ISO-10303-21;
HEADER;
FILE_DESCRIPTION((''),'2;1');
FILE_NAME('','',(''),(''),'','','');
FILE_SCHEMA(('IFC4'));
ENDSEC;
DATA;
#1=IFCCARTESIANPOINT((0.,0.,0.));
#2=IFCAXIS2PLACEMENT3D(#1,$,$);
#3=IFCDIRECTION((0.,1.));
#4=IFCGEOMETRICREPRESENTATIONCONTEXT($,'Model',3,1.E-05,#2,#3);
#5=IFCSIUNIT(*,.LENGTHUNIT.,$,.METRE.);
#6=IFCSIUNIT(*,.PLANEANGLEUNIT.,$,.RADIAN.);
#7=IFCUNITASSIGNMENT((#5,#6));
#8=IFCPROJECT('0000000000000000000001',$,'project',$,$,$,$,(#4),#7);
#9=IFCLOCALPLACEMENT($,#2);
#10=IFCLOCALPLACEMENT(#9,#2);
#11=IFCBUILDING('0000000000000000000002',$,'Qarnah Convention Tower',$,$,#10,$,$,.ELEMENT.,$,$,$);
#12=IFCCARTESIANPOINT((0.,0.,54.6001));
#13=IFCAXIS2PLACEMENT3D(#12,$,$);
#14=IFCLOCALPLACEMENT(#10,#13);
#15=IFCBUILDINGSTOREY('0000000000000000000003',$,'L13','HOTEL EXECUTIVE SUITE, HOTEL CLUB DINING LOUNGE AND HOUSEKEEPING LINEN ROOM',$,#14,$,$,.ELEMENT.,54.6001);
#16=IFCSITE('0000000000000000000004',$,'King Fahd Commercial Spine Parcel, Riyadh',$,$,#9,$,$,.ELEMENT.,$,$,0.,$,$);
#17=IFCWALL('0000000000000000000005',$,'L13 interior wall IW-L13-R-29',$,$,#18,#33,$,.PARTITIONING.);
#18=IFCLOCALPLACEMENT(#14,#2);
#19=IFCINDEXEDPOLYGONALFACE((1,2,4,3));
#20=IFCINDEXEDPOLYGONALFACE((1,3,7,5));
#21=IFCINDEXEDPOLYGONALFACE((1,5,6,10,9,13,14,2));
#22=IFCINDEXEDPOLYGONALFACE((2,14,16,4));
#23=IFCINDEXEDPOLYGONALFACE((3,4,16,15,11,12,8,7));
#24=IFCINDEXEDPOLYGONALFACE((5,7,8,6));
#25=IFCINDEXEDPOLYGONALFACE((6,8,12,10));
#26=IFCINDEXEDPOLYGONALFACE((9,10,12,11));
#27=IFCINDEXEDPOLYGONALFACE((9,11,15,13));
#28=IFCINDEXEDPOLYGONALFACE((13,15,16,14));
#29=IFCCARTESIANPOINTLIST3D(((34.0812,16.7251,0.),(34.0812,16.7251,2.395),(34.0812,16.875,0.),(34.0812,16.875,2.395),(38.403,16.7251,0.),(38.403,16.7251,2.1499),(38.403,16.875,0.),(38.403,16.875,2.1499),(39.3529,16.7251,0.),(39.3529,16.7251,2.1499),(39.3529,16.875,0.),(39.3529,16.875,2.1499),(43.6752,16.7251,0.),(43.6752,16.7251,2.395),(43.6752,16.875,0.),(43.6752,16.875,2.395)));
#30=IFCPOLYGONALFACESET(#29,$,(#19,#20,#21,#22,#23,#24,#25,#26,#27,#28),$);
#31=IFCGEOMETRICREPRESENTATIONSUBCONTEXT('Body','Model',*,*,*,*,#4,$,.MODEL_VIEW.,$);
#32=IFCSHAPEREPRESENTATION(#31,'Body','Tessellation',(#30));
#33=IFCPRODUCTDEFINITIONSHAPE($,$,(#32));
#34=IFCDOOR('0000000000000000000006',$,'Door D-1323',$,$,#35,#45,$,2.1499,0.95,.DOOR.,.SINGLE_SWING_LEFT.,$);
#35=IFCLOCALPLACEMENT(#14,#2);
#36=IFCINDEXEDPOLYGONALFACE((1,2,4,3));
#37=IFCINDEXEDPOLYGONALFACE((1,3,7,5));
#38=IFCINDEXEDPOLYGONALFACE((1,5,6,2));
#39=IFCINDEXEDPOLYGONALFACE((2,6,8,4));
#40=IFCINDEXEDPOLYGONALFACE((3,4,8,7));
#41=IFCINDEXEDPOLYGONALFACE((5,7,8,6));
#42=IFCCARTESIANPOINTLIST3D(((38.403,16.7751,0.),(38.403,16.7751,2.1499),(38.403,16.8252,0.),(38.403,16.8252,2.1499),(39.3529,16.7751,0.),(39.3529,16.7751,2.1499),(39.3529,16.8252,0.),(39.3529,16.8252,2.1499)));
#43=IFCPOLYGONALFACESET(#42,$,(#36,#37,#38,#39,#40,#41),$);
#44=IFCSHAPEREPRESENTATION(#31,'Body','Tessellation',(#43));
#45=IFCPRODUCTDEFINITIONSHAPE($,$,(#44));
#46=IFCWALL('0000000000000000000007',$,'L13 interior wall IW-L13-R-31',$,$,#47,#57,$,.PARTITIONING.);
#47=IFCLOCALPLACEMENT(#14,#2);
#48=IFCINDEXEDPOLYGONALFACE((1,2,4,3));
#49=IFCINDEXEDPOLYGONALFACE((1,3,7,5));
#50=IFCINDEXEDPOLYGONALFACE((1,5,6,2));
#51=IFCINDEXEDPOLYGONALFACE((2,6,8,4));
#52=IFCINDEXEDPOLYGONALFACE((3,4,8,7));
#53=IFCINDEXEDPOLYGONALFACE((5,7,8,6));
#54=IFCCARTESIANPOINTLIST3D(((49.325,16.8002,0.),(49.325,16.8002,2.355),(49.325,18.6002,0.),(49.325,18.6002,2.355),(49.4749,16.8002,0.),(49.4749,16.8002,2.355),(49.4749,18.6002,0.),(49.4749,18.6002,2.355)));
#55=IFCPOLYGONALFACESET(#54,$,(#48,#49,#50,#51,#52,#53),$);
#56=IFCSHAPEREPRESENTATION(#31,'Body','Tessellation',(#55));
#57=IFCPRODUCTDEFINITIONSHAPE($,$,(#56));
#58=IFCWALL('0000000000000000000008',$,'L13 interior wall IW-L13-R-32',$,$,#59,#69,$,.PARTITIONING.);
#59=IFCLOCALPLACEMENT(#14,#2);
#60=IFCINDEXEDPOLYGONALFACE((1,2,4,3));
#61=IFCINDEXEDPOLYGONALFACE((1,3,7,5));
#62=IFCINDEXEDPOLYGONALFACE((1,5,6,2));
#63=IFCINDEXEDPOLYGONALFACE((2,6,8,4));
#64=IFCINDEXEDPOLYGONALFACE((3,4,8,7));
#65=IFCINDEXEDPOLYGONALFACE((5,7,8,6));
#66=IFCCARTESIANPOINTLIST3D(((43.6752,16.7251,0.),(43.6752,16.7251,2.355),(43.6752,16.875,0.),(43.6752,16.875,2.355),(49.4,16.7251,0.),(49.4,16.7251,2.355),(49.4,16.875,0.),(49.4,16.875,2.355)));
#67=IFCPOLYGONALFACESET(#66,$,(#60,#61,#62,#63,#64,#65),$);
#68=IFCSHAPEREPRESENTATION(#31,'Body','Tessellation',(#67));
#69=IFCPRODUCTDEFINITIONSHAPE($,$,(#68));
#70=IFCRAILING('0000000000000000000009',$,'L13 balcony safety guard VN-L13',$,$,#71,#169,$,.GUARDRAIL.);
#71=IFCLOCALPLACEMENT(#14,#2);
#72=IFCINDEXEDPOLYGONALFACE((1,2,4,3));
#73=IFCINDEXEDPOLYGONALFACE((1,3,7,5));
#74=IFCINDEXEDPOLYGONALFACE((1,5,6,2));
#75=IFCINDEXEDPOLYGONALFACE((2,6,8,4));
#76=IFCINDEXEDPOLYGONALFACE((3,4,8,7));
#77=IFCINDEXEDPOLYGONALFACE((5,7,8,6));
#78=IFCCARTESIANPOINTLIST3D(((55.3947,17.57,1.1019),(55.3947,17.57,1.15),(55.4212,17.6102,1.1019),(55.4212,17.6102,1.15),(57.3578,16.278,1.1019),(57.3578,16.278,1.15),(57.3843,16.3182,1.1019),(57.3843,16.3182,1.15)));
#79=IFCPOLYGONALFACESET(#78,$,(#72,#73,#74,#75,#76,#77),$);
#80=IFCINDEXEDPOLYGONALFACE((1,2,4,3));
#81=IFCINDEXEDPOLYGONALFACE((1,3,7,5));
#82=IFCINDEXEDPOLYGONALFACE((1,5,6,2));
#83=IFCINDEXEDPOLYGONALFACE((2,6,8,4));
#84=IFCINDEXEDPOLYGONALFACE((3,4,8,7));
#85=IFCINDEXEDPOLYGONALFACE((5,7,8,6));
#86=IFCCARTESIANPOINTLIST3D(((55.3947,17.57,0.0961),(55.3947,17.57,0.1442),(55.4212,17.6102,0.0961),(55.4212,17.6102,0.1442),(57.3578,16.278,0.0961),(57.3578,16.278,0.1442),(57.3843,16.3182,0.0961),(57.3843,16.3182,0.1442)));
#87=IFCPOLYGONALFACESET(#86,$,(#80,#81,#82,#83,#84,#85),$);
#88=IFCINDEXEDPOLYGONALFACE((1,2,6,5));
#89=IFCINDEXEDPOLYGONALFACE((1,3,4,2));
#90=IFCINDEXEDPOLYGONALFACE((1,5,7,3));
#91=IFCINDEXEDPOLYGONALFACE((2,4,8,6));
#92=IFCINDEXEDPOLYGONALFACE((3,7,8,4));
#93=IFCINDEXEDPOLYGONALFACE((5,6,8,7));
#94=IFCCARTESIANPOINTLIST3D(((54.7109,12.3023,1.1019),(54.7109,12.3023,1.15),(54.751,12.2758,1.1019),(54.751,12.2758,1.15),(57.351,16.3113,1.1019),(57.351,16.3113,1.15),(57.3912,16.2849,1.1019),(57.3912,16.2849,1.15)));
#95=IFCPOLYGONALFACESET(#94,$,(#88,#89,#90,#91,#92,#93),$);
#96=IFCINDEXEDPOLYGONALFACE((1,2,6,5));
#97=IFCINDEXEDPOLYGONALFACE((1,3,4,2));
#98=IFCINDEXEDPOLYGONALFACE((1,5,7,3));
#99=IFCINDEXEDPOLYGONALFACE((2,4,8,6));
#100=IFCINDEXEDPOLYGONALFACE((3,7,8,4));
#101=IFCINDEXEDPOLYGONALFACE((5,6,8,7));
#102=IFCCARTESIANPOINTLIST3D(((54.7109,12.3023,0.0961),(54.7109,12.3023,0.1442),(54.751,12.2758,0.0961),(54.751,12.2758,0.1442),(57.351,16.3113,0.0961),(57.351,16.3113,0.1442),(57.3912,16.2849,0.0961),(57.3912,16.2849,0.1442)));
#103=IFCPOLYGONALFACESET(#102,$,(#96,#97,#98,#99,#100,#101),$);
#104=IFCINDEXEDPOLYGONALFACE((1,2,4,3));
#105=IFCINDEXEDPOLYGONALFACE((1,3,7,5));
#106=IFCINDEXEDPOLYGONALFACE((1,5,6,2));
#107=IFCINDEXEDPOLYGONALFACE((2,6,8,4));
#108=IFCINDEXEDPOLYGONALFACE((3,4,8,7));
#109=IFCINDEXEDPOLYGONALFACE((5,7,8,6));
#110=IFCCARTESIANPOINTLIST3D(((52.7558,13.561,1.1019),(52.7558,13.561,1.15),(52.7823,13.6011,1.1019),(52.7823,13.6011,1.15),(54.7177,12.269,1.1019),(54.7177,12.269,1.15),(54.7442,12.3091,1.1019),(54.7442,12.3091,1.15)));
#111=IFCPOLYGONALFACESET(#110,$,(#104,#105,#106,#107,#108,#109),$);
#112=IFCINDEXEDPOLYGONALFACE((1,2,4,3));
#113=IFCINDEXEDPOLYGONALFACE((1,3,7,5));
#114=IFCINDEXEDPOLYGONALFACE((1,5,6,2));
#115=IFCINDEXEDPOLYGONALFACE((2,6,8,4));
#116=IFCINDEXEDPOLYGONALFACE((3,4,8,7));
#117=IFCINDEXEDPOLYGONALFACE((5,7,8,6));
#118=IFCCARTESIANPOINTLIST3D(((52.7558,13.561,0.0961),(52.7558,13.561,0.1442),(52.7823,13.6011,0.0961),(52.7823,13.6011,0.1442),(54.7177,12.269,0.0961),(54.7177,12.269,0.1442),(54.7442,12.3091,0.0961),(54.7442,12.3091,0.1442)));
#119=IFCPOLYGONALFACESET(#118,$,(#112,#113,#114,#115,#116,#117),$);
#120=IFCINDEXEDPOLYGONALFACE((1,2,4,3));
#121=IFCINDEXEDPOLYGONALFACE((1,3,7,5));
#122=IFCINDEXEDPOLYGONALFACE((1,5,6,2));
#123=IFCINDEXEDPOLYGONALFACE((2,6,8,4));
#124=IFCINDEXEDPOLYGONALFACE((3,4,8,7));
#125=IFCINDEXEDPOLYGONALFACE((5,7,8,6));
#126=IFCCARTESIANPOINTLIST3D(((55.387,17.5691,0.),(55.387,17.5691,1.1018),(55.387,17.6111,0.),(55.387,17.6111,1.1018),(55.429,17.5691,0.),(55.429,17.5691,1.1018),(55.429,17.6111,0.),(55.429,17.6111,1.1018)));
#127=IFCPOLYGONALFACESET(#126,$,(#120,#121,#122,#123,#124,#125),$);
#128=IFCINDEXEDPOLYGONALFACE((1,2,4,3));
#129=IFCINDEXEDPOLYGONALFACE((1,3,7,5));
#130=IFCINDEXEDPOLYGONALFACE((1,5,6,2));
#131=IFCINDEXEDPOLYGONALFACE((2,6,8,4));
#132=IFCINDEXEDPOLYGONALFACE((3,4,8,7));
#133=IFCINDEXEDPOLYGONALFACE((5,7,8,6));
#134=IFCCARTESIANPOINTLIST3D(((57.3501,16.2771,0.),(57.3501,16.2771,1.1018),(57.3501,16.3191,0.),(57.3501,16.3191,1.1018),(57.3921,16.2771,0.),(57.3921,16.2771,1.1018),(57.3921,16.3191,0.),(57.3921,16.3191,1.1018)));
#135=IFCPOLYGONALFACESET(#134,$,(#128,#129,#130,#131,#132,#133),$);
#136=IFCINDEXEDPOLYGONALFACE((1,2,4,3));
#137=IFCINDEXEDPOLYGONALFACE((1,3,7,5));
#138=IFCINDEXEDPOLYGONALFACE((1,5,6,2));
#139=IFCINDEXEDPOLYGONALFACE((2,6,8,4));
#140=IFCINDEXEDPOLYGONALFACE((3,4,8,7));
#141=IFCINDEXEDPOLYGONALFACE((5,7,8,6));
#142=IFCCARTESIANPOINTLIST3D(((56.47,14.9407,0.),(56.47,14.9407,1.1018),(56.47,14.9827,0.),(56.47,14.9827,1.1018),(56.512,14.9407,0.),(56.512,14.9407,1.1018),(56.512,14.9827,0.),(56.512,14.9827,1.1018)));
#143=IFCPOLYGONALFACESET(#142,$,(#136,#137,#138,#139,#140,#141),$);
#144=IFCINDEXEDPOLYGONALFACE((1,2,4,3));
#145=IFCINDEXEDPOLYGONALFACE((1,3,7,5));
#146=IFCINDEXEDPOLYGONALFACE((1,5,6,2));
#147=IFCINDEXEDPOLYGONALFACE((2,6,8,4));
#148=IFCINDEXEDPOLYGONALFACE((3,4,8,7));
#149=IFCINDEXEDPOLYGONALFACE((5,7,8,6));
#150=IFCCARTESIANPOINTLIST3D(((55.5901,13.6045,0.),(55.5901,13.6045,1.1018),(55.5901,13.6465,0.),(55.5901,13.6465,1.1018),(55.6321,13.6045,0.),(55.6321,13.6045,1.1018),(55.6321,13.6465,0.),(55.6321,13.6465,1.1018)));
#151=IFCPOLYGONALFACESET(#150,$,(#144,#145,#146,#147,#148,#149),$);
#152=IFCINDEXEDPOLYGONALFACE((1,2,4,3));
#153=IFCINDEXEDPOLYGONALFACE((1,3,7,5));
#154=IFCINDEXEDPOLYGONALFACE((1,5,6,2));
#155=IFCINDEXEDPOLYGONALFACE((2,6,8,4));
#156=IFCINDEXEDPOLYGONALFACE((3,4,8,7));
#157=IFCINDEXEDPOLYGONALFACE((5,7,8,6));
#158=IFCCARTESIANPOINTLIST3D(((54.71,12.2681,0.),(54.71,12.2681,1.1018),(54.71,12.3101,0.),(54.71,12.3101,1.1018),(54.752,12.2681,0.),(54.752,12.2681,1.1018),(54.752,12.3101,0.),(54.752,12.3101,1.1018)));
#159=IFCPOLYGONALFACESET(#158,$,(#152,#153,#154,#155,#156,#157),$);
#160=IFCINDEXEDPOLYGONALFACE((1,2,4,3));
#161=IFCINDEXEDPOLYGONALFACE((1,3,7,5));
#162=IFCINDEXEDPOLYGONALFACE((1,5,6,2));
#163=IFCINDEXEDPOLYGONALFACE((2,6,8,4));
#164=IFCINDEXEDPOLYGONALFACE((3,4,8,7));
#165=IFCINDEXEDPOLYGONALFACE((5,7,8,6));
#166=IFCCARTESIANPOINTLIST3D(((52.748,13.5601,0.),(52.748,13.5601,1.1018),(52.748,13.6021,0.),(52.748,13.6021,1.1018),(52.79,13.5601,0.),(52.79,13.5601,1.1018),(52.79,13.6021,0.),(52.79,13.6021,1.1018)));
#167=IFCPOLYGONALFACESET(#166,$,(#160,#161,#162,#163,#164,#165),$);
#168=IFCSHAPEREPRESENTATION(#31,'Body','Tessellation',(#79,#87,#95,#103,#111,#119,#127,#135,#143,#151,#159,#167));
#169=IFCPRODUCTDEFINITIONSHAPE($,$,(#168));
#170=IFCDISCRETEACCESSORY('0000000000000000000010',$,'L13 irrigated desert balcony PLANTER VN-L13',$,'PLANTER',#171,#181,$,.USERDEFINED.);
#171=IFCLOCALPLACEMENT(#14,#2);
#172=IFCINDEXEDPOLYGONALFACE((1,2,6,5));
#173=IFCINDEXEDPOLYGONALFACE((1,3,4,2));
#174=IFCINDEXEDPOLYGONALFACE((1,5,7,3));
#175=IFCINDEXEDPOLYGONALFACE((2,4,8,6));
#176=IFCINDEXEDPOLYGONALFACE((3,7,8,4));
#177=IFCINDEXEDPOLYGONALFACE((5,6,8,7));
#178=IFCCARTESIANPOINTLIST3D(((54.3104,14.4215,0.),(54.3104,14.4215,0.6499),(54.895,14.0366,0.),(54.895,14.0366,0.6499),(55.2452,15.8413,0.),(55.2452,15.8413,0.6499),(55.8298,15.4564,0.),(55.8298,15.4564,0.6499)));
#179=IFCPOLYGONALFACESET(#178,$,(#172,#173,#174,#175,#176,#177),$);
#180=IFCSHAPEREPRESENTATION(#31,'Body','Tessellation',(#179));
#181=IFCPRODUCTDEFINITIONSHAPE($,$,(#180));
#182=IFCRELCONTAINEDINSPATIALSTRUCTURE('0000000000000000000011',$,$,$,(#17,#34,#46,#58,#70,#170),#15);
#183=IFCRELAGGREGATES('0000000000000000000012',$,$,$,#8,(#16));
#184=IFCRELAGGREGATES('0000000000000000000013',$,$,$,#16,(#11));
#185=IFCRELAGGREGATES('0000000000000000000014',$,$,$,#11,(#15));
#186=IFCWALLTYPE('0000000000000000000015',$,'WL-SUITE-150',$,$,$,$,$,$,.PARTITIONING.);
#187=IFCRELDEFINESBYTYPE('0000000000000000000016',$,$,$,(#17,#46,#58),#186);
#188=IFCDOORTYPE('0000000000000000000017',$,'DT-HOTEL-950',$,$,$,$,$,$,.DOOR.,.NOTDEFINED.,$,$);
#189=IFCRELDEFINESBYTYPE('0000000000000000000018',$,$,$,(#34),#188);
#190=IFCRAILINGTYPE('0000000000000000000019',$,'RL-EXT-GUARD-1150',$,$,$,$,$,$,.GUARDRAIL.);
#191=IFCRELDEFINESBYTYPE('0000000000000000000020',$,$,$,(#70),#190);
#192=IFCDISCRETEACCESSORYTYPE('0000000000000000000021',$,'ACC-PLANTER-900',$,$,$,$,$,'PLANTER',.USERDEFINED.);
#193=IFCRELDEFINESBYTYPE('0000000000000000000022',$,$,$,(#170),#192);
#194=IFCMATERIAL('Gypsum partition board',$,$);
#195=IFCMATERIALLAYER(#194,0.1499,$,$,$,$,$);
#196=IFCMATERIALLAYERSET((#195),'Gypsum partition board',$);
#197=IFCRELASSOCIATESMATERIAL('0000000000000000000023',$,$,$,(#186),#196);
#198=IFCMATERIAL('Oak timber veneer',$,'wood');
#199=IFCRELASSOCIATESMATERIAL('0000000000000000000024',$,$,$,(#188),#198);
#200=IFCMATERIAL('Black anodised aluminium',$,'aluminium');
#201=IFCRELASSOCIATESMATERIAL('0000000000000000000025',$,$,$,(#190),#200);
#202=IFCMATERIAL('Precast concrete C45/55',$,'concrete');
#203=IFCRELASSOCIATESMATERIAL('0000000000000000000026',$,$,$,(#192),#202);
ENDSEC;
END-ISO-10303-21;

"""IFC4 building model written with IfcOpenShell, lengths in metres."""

from ifc_helpers import new_model, si_unit, direction, frame, frame_2d, origin, origin_2d, place, context, subcontext, project, spatial, rectangle, extrude, material, layer, layer_set, type_object, element, fill, save


model = new_model("IFC4")

# Units and contexts
model_context = context("Model", 3, precision=1e-05, world=origin(), true_north=direction((0.0, 1.0)))
body_context = subcontext(model_context, "Body", "Model", "MODEL_VIEW")
ifc_project = project(units=[si_unit("LENGTHUNIT", "METRE"), si_unit("PLANEANGLEUNIT", "RADIAN")], contexts=[model_context])

# Site, building, storey
site_placement = place(None, origin())
site = spatial("IfcSite", under=ifc_project, at=site_placement, Name="King Fahd Commercial Spine Parcel, Riyadh", CompositionType="ELEMENT", RefElevation=0.0)
building_placement = place(site_placement, origin())
building = spatial("IfcBuilding", under=site, at=building_placement, Name="Qarnah Convention Tower", CompositionType="ELEMENT")
storey_placement = place(building_placement, frame((0.0, 0.0, 54.6001)))
storey = spatial("IfcBuildingStorey", under=building, at=storey_placement, Name="L13", Description="HOTEL EXECUTIVE SUITE, HOTEL CLUB DINING LOUNGE AND HOUSEKEEPING LINEN ROOM", CompositionType="ELEMENT", Elevation=54.6001)

# Shared definitions
ifc_material_1 = material(Name="Black anodised aluminium", Category="aluminium")

# Shared definitions
ifc_material_2 = material(Name="Precast concrete C45/55", Category="concrete")

# Shared definitions
ifc_material_3 = material(Name="Gypsum partition board")
ifc_layer_1 = layer(ifc_material_3, 0.1499)
ifc_layer_set_1 = layer_set([ifc_layer_1], Name="Gypsum partition board")
wall_type_1 = type_object("IfcWallType", Name="WL-SUITE-150", PredefinedType="PARTITIONING", material=ifc_layer_set_1)

# Wall, opening, door
wall_1_placement = place(storey_placement, frame((43.675, 16.8, 0.0), z_axis=(0.0, 0.0, 1.0), x_axis=(-1.0, 0.0, 0.0)))
wall_1 = element("IfcWall", 1, at=wall_1_placement, inside=storey, type_object=wall_type_1, Name="L13 interior wall IW-L13-R-29", PredefinedType="PARTITIONING", context=body_context, shape_type="SweptSolid", body=[
    extrude(rectangle(XDim=9.594, YDim=0.1499, at=frame_2d((4.7969, 0.0))), origin(), (0.0, 0.0, 1.0), 2.395),
])
opening_1_placement = place(wall_1_placement, frame((4.322, 0.0, 0.0)))
opening_1 = element("IfcOpeningElement", 2, at=opening_1_placement, cuts=wall_1, PredefinedType="OPENING", context=body_context, shape_type="SweptSolid", body=[
    extrude(rectangle(XDim=0.95, YDim=2.1499, at=frame_2d((0.4751, 1.075))), frame((0.0, 0.085, 0.0), z_axis=(0.0, -1.0, 0.0), x_axis=(1.0, 0.0, 0.0)), (0.0, 0.0, 1.0), 0.1699),
])
ifc_material_4 = material(Name="Oak timber veneer", Category="wood")
door_type_1 = type_object("IfcDoorType", Name="DT-HOTEL-950", OperationType="NOTDEFINED", PredefinedType="DOOR", material=ifc_material_4)
door_1_placement = place(opening_1_placement, origin())
door_1 = element("IfcDoor", 3, at=door_1_placement, inside=storey, type_object=door_type_1, Name="Door D-1323", OperationType="SINGLE_SWING_LEFT", OverallHeight=2.1499, OverallWidth=0.95, PredefinedType="DOOR", context=body_context, shape_type="SweptSolid", body=[
    extrude(rectangle(XDim=0.95, YDim=2.1499, at=frame_2d((0.4751, 1.075))), frame((0.0, 0.0249, 0.0), z_axis=(0.0, -1.0, 0.0), x_axis=(1.0, 0.0, 0.0)), (0.0, 0.0, 1.0), 0.05),
])
fill(opening_1, door_1)

# Walls
wall_2_placement = place(storey_placement, frame((49.3999, 18.6001, 0.0), z_axis=(0.0, 0.0, 1.0), x_axis=(0.0, -1.0, 0.0)))
element("IfcWall", 4, at=wall_2_placement, inside=storey, type_object=wall_type_1, Name="L13 interior wall IW-L13-R-31", PredefinedType="PARTITIONING", context=body_context, shape_type="SweptSolid", body=[
    extrude(rectangle(XDim=1.8, YDim=0.1499, at=frame_2d((0.8999, 0.0))), origin(), (0.0, 0.0, 1.0), 2.355),
])
wall_3_placement = place(storey_placement, frame((49.3999, 16.8, 0.0), z_axis=(0.0, 0.0, 1.0), x_axis=(-1.0, 0.0, 0.0)))
element("IfcWall", 5, at=wall_3_placement, inside=storey, type_object=wall_type_1, Name="L13 interior wall IW-L13-R-32", PredefinedType="PARTITIONING", context=body_context, shape_type="SweptSolid", body=[
    extrude(rectangle(XDim=5.7249, YDim=0.1499, at=frame_2d((2.8623, 0.0))), origin(), (0.0, 0.0, 1.0), 2.355),
])

# Railing
railing_type = type_object("IfcRailingType", Name="RL-EXT-GUARD-1150", PredefinedType="GUARDRAIL", material=ifc_material_1)
railing_1_placement = place(storey_placement, frame((55.408, 17.5901, 0.0)))
element("IfcRailing", 6, at=railing_1_placement, inside=storey, type_object=railing_type, Name="L13 balcony safety guard VN-L13", PredefinedType="GUARDRAIL", context=body_context, shape_type="SweptSolid", body=[
    extrude(rectangle(XDim=0.0481, YDim=0.0481, at=origin_2d()), frame((0.0, 0.0, 1.126), z_axis=(0.835328, -0.549752, 0.0), x_axis=(0.549752, 0.835328, 0.0)), (0.0, 0.0, 1.0), 2.3501),
    extrude(rectangle(XDim=0.0481, YDim=0.0481, at=origin_2d()), frame((0.0, 0.0, 0.1201), z_axis=(0.835328, -0.549752, 0.0), x_axis=(0.549752, 0.835328, 0.0)), (0.0, 0.0, 1.0), 2.3501),
    extrude(rectangle(XDim=0.0481, YDim=0.0481, at=origin_2d()), frame((1.9631, -1.292, 1.126), z_axis=(-0.549997, -0.835167, 0.0), x_axis=(0.835167, -0.549997, 0.0)), (0.0, 0.0, 1.0), 4.8003),
    extrude(rectangle(XDim=0.0481, YDim=0.0481, at=origin_2d()), frame((1.9631, -1.292, 0.1201), z_axis=(-0.549997, -0.835167, 0.0), x_axis=(0.835167, -0.549997, 0.0)), (0.0, 0.0, 1.0), 4.8003),
    extrude(rectangle(XDim=0.0481, YDim=0.0481, at=origin_2d()), frame((-0.677, -5.301, 1.126), z_axis=(-0.835171, 0.549991, 0.0), x_axis=(-0.549991, -0.835171, 0.0)), (0.0, 0.0, 1.0), 2.3491),
    extrude(rectangle(XDim=0.0481, YDim=0.0481, at=origin_2d()), frame((-0.677, -5.301, 0.1201), z_axis=(-0.835171, 0.549991, 0.0), x_axis=(-0.549991, -0.835171, 0.0)), (0.0, 0.0, 1.0), 2.3491),
    extrude(rectangle(XDim=0.042, YDim=0.042, at=origin_2d()), origin(), (0.0, 0.0, 1.0), 1.1018),
    extrude(rectangle(XDim=0.042, YDim=0.042, at=origin_2d()), frame((1.9631, -1.292, 0.0)), (0.0, 0.0, 1.0), 1.1018),
    extrude(rectangle(XDim=0.042, YDim=0.042, at=origin_2d()), frame((1.083, -2.6284, 0.0)), (0.0, 0.0, 1.0), 1.1018),
    extrude(rectangle(XDim=0.042, YDim=0.042, at=origin_2d()), frame((0.2031, -3.9646, 0.0)), (0.0, 0.0, 1.0), 1.1018),
    extrude(rectangle(XDim=0.042, YDim=0.042, at=origin_2d()), frame((-0.677, -5.301, 0.0)), (0.0, 0.0, 1.0), 1.1018),
    extrude(rectangle(XDim=0.042, YDim=0.042, at=origin_2d()), frame((-2.6389, -4.009, 0.0)), (0.0, 0.0, 1.0), 1.1018),
])

# Discrete accessory
discrete_accessory_type = type_object("IfcDiscreteAccessoryType", Name="ACC-PLANTER-900", ElementType="PLANTER", PredefinedType="USERDEFINED", material=ifc_material_2)
discrete_accessory_placement = place(storey_placement, frame((55.0701, 14.939, 0.0), z_axis=(0.0, 0.0, 1.0), x_axis=(0.549898, 0.835232, 0.0)))
element("IfcDiscreteAccessory", 7, at=discrete_accessory_placement, inside=storey, type_object=discrete_accessory_type, Name="L13 irrigated desert balcony PLANTER VN-L13", ObjectType="PLANTER", PredefinedType="USERDEFINED", context=body_context, shape_type="SweptSolid", body=[
    extrude(rectangle(XDim=1.7, YDim=0.7, at=origin_2d()), origin(), (0.0, 0.0, 1.0), 0.6499),
])

save(model, "model.ifc")
